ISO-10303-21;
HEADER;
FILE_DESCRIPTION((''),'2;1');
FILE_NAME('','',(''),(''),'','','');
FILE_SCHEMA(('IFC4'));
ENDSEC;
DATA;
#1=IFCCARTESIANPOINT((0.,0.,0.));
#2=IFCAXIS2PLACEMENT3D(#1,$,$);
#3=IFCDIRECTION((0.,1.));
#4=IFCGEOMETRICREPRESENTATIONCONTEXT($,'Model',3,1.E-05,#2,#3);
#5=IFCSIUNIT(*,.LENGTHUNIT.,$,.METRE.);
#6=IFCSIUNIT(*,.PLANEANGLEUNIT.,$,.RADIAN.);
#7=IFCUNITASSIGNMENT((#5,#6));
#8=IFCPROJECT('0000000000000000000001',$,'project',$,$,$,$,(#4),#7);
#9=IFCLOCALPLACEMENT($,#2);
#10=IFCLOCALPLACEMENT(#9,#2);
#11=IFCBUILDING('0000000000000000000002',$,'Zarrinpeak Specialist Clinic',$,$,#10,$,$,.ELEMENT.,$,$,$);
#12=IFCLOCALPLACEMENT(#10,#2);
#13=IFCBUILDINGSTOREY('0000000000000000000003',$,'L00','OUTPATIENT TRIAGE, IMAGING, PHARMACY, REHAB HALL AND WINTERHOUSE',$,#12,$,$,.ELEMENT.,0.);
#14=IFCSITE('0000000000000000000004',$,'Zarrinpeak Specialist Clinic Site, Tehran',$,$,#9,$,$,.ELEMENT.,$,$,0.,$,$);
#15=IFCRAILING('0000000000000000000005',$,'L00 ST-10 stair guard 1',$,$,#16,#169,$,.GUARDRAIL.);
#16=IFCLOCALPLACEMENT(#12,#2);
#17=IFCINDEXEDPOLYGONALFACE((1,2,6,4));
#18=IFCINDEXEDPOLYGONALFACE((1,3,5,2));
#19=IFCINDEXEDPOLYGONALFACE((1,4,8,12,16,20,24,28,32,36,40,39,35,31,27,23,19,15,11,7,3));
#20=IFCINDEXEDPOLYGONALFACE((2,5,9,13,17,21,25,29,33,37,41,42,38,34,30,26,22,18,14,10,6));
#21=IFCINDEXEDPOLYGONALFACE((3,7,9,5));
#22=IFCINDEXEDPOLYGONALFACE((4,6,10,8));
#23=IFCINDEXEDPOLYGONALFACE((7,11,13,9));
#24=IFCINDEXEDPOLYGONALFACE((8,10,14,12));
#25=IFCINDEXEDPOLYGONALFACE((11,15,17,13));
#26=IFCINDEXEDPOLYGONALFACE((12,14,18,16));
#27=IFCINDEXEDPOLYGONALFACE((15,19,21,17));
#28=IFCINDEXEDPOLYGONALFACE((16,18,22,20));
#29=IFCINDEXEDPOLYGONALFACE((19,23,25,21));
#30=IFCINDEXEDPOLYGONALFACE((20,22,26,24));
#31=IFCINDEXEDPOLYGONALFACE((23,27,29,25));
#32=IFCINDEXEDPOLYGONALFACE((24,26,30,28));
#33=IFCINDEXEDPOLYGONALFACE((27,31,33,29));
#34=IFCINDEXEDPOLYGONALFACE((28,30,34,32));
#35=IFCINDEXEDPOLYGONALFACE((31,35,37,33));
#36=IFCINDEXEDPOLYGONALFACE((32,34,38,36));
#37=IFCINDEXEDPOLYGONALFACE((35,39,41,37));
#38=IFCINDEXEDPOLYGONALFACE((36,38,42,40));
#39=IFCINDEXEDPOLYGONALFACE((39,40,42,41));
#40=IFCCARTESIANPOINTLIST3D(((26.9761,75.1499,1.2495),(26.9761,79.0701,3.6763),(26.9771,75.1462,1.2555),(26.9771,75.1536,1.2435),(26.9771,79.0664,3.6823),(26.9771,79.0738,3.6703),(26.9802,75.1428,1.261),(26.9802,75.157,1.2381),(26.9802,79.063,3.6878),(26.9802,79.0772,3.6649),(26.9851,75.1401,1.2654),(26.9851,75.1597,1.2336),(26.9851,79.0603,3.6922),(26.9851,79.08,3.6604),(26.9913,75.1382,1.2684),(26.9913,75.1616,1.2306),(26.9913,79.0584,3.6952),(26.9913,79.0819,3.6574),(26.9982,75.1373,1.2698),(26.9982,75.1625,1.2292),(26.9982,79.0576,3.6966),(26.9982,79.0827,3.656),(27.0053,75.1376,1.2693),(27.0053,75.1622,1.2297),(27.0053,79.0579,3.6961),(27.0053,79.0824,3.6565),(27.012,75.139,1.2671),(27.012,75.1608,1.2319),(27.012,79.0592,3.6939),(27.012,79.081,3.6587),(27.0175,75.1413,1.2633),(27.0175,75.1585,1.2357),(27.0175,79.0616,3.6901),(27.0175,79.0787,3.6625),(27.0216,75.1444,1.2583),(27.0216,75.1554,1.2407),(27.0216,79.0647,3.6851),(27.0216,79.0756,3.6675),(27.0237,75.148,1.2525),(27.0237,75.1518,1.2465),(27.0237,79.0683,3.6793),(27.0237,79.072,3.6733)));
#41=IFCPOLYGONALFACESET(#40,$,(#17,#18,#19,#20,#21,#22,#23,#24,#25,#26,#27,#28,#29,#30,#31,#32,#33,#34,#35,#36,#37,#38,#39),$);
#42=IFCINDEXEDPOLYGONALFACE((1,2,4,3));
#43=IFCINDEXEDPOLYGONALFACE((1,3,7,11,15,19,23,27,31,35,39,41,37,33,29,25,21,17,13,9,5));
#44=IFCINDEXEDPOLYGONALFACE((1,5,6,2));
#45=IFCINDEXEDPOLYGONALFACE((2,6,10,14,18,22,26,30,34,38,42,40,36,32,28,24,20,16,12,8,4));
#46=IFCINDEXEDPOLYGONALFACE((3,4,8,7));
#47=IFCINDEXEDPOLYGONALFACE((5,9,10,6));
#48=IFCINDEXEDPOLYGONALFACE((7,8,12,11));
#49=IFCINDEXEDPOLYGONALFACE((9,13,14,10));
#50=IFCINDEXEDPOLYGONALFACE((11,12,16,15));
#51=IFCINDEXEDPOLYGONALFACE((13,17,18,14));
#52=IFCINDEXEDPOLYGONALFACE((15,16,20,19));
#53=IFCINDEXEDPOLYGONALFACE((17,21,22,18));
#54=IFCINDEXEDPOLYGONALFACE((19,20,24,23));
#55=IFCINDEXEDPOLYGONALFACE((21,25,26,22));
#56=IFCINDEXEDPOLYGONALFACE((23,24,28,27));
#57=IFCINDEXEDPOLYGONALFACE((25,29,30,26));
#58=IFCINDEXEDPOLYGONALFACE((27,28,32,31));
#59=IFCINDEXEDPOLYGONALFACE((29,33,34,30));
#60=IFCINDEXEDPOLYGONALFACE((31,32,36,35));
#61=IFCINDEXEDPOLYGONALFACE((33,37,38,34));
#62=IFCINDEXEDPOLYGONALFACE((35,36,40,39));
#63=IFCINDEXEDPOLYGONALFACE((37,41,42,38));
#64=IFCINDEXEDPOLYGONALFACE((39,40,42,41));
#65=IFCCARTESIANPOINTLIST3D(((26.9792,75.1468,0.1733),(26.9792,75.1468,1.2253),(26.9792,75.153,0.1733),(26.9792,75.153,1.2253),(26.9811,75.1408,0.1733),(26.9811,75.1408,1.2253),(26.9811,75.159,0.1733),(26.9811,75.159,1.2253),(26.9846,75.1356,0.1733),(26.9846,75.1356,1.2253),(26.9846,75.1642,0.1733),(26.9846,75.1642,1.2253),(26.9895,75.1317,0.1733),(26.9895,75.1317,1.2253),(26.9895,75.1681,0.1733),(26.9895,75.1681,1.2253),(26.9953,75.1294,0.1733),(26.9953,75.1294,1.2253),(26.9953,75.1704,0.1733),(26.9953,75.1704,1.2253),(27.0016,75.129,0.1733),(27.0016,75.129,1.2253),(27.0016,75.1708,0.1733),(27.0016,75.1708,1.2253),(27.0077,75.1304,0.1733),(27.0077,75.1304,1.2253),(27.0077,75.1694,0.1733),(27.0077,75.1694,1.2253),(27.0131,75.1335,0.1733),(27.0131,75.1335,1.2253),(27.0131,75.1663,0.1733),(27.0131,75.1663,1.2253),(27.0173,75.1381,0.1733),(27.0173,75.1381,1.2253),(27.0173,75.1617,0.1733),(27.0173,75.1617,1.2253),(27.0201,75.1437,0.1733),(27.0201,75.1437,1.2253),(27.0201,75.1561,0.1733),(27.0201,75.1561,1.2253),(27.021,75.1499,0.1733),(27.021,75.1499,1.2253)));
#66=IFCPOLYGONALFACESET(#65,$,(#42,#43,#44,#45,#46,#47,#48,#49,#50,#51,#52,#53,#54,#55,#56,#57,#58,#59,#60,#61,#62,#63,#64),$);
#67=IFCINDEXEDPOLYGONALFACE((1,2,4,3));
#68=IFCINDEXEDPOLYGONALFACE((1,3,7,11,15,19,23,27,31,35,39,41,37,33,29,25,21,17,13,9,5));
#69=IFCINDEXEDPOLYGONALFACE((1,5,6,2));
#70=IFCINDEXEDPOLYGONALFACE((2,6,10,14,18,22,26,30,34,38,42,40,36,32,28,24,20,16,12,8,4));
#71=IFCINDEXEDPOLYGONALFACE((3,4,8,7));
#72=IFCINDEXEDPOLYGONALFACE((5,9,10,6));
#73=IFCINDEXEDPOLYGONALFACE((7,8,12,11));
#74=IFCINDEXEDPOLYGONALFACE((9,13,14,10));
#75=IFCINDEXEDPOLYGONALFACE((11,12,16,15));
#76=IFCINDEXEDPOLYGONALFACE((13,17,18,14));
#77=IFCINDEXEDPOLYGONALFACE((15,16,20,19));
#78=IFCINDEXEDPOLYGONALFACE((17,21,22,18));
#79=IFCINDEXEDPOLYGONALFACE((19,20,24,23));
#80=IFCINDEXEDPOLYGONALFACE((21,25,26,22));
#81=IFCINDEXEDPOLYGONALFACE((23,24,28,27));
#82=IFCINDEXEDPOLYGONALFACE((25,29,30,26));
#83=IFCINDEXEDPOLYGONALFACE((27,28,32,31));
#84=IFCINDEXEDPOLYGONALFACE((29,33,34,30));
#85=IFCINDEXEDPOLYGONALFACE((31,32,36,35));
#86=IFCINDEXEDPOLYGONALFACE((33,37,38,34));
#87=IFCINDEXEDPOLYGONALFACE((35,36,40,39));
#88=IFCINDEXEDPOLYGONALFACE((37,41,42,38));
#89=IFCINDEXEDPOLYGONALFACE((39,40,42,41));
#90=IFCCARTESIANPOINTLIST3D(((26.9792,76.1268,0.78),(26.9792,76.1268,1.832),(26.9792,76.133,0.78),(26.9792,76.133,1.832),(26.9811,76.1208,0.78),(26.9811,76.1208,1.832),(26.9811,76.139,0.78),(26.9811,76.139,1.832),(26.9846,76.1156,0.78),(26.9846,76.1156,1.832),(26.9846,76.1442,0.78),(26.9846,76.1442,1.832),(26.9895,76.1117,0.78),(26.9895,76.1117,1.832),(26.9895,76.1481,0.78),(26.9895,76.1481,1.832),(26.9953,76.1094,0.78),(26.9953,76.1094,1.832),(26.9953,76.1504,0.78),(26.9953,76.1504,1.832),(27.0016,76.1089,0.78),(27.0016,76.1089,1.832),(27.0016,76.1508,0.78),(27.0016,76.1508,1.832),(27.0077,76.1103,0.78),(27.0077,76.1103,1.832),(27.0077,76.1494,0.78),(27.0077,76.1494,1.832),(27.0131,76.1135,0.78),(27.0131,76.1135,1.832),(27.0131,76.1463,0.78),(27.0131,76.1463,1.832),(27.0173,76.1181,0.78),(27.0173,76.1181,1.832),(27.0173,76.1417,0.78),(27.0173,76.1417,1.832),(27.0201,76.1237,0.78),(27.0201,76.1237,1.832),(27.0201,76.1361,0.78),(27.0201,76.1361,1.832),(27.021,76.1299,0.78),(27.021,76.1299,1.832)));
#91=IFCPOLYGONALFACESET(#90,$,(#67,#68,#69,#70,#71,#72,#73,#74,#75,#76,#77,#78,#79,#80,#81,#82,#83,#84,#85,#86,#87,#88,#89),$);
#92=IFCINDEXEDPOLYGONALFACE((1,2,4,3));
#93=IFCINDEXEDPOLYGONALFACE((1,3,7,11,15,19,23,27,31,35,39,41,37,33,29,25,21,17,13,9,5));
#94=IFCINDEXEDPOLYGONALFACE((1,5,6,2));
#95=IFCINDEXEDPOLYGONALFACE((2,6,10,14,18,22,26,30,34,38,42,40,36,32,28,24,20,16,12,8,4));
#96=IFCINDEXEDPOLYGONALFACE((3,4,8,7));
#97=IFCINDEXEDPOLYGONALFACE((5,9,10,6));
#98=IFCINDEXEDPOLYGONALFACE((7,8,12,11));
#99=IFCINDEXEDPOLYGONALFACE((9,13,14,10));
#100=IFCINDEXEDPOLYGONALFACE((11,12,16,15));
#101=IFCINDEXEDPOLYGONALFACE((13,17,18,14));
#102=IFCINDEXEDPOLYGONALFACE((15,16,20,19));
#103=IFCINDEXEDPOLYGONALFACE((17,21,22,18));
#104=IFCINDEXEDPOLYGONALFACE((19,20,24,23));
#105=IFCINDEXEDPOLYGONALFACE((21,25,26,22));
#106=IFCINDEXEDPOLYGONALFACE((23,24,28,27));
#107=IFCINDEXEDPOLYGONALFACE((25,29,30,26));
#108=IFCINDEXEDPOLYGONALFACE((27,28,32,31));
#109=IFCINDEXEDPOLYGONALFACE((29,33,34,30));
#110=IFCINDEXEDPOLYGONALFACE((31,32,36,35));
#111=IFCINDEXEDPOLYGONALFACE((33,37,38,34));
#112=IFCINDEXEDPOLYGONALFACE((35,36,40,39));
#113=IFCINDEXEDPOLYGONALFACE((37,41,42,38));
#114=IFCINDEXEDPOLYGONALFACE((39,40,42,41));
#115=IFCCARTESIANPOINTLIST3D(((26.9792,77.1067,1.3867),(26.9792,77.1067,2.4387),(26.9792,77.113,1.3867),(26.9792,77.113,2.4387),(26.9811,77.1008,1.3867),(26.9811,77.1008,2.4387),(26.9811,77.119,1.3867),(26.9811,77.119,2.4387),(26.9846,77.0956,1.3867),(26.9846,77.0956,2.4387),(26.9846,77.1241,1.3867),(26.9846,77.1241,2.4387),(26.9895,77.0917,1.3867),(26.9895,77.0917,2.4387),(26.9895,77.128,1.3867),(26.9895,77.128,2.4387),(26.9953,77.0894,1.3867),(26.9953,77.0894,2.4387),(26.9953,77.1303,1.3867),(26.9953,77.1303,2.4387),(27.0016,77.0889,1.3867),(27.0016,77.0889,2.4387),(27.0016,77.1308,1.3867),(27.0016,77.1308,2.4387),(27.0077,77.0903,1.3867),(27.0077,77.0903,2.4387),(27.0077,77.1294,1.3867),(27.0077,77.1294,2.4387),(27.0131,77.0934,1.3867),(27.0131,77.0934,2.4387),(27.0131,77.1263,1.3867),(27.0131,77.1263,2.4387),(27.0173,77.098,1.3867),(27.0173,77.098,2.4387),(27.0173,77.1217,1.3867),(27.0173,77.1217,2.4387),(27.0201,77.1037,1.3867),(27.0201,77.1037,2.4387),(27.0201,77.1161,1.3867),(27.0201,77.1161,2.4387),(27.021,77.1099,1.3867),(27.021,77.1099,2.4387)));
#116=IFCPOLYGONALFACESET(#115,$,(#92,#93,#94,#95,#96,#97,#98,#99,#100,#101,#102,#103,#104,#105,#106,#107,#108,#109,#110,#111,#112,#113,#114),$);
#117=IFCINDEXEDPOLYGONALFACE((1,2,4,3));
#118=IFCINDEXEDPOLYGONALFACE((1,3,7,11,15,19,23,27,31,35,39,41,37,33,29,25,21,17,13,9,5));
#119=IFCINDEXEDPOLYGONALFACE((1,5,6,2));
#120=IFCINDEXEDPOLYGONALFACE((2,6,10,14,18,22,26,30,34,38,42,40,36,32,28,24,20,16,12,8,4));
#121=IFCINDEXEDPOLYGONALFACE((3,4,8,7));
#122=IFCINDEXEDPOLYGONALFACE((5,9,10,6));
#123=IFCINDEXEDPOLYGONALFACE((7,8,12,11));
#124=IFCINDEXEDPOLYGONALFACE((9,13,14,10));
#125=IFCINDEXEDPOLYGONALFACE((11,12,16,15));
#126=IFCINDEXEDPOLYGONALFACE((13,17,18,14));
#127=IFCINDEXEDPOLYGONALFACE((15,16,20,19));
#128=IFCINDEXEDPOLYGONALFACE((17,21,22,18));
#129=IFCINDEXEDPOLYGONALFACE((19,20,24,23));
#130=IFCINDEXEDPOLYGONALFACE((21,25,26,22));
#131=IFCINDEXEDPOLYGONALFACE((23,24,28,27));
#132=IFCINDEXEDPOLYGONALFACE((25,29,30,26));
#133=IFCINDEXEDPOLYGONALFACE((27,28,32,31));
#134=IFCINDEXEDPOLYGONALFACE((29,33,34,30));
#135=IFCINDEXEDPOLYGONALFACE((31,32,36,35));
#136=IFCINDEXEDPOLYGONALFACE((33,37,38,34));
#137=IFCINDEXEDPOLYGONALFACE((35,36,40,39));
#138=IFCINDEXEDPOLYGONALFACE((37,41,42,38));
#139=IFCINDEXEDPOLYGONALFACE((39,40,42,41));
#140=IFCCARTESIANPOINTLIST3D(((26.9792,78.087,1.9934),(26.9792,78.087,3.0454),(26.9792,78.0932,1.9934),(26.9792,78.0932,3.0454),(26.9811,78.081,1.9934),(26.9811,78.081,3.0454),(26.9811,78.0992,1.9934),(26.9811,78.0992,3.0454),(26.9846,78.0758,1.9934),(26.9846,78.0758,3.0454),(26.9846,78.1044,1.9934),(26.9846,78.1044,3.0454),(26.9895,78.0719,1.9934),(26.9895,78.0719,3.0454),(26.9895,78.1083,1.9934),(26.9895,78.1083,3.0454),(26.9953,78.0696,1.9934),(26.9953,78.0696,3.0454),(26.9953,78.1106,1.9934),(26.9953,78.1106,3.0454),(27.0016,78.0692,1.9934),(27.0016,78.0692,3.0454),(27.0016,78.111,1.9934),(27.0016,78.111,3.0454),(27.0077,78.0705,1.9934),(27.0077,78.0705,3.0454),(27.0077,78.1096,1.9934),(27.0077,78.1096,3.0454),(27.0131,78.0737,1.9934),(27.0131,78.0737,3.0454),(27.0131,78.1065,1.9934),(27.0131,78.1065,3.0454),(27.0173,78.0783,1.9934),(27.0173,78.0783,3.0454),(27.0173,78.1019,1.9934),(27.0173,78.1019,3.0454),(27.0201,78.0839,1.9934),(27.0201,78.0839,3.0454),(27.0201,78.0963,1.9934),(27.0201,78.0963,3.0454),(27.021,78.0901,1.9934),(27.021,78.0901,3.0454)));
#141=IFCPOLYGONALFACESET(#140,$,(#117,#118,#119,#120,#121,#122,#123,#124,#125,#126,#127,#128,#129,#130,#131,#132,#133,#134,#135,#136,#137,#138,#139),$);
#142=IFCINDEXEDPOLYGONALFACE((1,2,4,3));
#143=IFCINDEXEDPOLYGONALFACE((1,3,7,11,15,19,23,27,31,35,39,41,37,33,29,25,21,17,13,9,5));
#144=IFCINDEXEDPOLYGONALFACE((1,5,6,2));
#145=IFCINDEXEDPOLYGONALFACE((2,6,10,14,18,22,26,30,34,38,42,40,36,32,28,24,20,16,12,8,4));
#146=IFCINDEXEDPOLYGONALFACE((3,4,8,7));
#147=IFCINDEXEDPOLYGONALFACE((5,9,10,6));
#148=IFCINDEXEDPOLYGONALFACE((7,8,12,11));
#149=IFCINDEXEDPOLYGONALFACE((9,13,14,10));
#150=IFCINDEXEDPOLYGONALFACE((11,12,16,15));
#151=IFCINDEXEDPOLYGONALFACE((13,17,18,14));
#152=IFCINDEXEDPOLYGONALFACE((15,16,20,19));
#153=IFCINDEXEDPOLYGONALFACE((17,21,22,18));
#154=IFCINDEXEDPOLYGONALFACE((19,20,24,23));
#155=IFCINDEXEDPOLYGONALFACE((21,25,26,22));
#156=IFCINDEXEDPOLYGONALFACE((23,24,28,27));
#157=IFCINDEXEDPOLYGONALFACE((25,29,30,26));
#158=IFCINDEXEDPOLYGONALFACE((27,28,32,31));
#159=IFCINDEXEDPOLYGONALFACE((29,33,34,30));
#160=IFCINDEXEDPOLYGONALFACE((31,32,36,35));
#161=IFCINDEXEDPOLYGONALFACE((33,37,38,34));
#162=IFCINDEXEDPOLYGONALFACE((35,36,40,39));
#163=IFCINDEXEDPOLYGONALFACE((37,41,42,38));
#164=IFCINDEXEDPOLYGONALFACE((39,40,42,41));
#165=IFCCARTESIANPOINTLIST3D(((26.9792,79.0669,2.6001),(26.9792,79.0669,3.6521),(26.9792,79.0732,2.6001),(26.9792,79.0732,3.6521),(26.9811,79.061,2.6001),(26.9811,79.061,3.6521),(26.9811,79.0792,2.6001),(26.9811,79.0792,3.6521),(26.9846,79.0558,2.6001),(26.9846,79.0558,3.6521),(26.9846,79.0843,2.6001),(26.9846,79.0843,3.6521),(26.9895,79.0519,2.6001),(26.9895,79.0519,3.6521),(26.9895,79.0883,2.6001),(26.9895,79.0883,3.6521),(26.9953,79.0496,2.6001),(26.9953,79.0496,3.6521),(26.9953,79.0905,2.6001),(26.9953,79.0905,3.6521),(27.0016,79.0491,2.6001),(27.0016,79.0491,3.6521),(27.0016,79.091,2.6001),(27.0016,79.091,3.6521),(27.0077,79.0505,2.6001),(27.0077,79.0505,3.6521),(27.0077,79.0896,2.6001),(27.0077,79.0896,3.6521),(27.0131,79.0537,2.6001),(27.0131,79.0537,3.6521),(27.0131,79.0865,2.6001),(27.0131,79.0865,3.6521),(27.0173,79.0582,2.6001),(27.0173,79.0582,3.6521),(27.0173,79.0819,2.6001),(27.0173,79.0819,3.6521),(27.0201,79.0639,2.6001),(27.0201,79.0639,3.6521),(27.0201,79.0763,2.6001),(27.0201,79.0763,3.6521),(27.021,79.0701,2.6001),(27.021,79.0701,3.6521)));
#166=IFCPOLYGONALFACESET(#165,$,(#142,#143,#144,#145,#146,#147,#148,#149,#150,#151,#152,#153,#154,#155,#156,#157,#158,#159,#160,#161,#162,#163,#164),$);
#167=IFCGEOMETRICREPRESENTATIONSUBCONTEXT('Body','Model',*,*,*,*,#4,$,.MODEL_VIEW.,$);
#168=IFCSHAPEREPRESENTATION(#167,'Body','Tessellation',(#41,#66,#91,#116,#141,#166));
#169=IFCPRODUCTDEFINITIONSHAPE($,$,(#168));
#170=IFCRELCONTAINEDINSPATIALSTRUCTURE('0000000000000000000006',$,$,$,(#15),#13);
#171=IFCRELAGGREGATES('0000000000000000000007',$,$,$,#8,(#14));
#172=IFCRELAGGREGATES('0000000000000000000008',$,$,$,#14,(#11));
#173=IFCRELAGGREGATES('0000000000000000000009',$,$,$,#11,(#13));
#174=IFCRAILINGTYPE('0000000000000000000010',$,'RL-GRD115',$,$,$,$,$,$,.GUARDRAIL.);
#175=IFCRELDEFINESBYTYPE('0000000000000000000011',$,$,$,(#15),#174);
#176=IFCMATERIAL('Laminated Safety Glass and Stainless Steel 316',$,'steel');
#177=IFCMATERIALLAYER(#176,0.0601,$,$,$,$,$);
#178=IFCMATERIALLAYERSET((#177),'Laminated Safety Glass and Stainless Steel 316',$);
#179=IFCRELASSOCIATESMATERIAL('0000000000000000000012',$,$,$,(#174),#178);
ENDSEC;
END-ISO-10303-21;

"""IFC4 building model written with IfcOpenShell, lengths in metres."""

from ifc_helpers import new_model, si_unit, direction, frame, origin, origin_2d, place, context, subcontext, project, spatial, circle, extrude, material, layer, layer_set, type_object, element, save


model = new_model("IFC4")

# Units and contexts
model_context = context("Model", 3, precision=1e-05, world=origin(), true_north=direction((0.0, 1.0)))
body_context = subcontext(model_context, "Body", "Model", "MODEL_VIEW")
ifc_project = project(units=[si_unit("LENGTHUNIT", "METRE"), si_unit("PLANEANGLEUNIT", "RADIAN")], contexts=[model_context])

# Site, building, storey
site_placement = place(None, origin())
site = spatial("IfcSite", under=ifc_project, at=site_placement, Name="Zarrinpeak Specialist Clinic Site, Tehran", CompositionType="ELEMENT", RefElevation=0.0)
building_placement = place(site_placement, origin())
building = spatial("IfcBuilding", under=site, at=building_placement, Name="Zarrinpeak Specialist Clinic", CompositionType="ELEMENT")
storey_placement = place(building_placement, origin())
storey = spatial("IfcBuildingStorey", under=building, at=storey_placement, Name="L00", Description="OUTPATIENT TRIAGE, IMAGING, PHARMACY, REHAB HALL AND WINTERHOUSE", CompositionType="ELEMENT", Elevation=0.0)

# Railing
ifc_material_1 = material(Name="Laminated Safety Glass and Stainless Steel 316", Category="steel")
ifc_layer_1 = layer(ifc_material_1, 0.0601)
ifc_layer_set_1 = layer_set([ifc_layer_1], Name="Laminated Safety Glass and Stainless Steel 316")
railing_type_1 = type_object("IfcRailingType", Name="RL-GRD115", PredefinedType="GUARDRAIL", material=ifc_layer_set_1)
railing_1_placement = place(storey_placement, frame((27.0, 75.1499, 0.1733)))
element("IfcRailing", 1, at=railing_1_placement, inside=storey, type_object=railing_type_1, Name="L00 ST-10 stair guard 1", PredefinedType="GUARDRAIL", context=body_context, shape_type="SweptSolid", body=[
    extrude(circle(Radius=0.0239, at=origin_2d()), frame((0.0, 0.0, 1.0762), z_axis=(0.0, 0.850266, 0.526353), x_axis=(-1.0, 0.0, 0.0)), (0.0, 0.0, 1.0), 4.6106),
    extrude(circle(Radius=0.021, at=origin_2d()), origin(), (0.0, 0.0, 1.0), 1.052),
    extrude(circle(Radius=0.021, at=origin_2d()), frame((0.0, 0.98, 0.6067)), (0.0, 0.0, 1.0), 1.052),
    extrude(circle(Radius=0.021, at=origin_2d()), frame((0.0, 1.96, 1.2134)), (0.0, 0.0, 1.0), 1.052),
    extrude(circle(Radius=0.021, at=origin_2d()), frame((0.0, 2.9402, 1.8201)), (0.0, 0.0, 1.0), 1.052),
    extrude(circle(Radius=0.021, at=origin_2d()), frame((0.0, 3.9202, 2.4268)), (0.0, 0.0, 1.0), 1.052),
])

save(model, "model.ifc")
